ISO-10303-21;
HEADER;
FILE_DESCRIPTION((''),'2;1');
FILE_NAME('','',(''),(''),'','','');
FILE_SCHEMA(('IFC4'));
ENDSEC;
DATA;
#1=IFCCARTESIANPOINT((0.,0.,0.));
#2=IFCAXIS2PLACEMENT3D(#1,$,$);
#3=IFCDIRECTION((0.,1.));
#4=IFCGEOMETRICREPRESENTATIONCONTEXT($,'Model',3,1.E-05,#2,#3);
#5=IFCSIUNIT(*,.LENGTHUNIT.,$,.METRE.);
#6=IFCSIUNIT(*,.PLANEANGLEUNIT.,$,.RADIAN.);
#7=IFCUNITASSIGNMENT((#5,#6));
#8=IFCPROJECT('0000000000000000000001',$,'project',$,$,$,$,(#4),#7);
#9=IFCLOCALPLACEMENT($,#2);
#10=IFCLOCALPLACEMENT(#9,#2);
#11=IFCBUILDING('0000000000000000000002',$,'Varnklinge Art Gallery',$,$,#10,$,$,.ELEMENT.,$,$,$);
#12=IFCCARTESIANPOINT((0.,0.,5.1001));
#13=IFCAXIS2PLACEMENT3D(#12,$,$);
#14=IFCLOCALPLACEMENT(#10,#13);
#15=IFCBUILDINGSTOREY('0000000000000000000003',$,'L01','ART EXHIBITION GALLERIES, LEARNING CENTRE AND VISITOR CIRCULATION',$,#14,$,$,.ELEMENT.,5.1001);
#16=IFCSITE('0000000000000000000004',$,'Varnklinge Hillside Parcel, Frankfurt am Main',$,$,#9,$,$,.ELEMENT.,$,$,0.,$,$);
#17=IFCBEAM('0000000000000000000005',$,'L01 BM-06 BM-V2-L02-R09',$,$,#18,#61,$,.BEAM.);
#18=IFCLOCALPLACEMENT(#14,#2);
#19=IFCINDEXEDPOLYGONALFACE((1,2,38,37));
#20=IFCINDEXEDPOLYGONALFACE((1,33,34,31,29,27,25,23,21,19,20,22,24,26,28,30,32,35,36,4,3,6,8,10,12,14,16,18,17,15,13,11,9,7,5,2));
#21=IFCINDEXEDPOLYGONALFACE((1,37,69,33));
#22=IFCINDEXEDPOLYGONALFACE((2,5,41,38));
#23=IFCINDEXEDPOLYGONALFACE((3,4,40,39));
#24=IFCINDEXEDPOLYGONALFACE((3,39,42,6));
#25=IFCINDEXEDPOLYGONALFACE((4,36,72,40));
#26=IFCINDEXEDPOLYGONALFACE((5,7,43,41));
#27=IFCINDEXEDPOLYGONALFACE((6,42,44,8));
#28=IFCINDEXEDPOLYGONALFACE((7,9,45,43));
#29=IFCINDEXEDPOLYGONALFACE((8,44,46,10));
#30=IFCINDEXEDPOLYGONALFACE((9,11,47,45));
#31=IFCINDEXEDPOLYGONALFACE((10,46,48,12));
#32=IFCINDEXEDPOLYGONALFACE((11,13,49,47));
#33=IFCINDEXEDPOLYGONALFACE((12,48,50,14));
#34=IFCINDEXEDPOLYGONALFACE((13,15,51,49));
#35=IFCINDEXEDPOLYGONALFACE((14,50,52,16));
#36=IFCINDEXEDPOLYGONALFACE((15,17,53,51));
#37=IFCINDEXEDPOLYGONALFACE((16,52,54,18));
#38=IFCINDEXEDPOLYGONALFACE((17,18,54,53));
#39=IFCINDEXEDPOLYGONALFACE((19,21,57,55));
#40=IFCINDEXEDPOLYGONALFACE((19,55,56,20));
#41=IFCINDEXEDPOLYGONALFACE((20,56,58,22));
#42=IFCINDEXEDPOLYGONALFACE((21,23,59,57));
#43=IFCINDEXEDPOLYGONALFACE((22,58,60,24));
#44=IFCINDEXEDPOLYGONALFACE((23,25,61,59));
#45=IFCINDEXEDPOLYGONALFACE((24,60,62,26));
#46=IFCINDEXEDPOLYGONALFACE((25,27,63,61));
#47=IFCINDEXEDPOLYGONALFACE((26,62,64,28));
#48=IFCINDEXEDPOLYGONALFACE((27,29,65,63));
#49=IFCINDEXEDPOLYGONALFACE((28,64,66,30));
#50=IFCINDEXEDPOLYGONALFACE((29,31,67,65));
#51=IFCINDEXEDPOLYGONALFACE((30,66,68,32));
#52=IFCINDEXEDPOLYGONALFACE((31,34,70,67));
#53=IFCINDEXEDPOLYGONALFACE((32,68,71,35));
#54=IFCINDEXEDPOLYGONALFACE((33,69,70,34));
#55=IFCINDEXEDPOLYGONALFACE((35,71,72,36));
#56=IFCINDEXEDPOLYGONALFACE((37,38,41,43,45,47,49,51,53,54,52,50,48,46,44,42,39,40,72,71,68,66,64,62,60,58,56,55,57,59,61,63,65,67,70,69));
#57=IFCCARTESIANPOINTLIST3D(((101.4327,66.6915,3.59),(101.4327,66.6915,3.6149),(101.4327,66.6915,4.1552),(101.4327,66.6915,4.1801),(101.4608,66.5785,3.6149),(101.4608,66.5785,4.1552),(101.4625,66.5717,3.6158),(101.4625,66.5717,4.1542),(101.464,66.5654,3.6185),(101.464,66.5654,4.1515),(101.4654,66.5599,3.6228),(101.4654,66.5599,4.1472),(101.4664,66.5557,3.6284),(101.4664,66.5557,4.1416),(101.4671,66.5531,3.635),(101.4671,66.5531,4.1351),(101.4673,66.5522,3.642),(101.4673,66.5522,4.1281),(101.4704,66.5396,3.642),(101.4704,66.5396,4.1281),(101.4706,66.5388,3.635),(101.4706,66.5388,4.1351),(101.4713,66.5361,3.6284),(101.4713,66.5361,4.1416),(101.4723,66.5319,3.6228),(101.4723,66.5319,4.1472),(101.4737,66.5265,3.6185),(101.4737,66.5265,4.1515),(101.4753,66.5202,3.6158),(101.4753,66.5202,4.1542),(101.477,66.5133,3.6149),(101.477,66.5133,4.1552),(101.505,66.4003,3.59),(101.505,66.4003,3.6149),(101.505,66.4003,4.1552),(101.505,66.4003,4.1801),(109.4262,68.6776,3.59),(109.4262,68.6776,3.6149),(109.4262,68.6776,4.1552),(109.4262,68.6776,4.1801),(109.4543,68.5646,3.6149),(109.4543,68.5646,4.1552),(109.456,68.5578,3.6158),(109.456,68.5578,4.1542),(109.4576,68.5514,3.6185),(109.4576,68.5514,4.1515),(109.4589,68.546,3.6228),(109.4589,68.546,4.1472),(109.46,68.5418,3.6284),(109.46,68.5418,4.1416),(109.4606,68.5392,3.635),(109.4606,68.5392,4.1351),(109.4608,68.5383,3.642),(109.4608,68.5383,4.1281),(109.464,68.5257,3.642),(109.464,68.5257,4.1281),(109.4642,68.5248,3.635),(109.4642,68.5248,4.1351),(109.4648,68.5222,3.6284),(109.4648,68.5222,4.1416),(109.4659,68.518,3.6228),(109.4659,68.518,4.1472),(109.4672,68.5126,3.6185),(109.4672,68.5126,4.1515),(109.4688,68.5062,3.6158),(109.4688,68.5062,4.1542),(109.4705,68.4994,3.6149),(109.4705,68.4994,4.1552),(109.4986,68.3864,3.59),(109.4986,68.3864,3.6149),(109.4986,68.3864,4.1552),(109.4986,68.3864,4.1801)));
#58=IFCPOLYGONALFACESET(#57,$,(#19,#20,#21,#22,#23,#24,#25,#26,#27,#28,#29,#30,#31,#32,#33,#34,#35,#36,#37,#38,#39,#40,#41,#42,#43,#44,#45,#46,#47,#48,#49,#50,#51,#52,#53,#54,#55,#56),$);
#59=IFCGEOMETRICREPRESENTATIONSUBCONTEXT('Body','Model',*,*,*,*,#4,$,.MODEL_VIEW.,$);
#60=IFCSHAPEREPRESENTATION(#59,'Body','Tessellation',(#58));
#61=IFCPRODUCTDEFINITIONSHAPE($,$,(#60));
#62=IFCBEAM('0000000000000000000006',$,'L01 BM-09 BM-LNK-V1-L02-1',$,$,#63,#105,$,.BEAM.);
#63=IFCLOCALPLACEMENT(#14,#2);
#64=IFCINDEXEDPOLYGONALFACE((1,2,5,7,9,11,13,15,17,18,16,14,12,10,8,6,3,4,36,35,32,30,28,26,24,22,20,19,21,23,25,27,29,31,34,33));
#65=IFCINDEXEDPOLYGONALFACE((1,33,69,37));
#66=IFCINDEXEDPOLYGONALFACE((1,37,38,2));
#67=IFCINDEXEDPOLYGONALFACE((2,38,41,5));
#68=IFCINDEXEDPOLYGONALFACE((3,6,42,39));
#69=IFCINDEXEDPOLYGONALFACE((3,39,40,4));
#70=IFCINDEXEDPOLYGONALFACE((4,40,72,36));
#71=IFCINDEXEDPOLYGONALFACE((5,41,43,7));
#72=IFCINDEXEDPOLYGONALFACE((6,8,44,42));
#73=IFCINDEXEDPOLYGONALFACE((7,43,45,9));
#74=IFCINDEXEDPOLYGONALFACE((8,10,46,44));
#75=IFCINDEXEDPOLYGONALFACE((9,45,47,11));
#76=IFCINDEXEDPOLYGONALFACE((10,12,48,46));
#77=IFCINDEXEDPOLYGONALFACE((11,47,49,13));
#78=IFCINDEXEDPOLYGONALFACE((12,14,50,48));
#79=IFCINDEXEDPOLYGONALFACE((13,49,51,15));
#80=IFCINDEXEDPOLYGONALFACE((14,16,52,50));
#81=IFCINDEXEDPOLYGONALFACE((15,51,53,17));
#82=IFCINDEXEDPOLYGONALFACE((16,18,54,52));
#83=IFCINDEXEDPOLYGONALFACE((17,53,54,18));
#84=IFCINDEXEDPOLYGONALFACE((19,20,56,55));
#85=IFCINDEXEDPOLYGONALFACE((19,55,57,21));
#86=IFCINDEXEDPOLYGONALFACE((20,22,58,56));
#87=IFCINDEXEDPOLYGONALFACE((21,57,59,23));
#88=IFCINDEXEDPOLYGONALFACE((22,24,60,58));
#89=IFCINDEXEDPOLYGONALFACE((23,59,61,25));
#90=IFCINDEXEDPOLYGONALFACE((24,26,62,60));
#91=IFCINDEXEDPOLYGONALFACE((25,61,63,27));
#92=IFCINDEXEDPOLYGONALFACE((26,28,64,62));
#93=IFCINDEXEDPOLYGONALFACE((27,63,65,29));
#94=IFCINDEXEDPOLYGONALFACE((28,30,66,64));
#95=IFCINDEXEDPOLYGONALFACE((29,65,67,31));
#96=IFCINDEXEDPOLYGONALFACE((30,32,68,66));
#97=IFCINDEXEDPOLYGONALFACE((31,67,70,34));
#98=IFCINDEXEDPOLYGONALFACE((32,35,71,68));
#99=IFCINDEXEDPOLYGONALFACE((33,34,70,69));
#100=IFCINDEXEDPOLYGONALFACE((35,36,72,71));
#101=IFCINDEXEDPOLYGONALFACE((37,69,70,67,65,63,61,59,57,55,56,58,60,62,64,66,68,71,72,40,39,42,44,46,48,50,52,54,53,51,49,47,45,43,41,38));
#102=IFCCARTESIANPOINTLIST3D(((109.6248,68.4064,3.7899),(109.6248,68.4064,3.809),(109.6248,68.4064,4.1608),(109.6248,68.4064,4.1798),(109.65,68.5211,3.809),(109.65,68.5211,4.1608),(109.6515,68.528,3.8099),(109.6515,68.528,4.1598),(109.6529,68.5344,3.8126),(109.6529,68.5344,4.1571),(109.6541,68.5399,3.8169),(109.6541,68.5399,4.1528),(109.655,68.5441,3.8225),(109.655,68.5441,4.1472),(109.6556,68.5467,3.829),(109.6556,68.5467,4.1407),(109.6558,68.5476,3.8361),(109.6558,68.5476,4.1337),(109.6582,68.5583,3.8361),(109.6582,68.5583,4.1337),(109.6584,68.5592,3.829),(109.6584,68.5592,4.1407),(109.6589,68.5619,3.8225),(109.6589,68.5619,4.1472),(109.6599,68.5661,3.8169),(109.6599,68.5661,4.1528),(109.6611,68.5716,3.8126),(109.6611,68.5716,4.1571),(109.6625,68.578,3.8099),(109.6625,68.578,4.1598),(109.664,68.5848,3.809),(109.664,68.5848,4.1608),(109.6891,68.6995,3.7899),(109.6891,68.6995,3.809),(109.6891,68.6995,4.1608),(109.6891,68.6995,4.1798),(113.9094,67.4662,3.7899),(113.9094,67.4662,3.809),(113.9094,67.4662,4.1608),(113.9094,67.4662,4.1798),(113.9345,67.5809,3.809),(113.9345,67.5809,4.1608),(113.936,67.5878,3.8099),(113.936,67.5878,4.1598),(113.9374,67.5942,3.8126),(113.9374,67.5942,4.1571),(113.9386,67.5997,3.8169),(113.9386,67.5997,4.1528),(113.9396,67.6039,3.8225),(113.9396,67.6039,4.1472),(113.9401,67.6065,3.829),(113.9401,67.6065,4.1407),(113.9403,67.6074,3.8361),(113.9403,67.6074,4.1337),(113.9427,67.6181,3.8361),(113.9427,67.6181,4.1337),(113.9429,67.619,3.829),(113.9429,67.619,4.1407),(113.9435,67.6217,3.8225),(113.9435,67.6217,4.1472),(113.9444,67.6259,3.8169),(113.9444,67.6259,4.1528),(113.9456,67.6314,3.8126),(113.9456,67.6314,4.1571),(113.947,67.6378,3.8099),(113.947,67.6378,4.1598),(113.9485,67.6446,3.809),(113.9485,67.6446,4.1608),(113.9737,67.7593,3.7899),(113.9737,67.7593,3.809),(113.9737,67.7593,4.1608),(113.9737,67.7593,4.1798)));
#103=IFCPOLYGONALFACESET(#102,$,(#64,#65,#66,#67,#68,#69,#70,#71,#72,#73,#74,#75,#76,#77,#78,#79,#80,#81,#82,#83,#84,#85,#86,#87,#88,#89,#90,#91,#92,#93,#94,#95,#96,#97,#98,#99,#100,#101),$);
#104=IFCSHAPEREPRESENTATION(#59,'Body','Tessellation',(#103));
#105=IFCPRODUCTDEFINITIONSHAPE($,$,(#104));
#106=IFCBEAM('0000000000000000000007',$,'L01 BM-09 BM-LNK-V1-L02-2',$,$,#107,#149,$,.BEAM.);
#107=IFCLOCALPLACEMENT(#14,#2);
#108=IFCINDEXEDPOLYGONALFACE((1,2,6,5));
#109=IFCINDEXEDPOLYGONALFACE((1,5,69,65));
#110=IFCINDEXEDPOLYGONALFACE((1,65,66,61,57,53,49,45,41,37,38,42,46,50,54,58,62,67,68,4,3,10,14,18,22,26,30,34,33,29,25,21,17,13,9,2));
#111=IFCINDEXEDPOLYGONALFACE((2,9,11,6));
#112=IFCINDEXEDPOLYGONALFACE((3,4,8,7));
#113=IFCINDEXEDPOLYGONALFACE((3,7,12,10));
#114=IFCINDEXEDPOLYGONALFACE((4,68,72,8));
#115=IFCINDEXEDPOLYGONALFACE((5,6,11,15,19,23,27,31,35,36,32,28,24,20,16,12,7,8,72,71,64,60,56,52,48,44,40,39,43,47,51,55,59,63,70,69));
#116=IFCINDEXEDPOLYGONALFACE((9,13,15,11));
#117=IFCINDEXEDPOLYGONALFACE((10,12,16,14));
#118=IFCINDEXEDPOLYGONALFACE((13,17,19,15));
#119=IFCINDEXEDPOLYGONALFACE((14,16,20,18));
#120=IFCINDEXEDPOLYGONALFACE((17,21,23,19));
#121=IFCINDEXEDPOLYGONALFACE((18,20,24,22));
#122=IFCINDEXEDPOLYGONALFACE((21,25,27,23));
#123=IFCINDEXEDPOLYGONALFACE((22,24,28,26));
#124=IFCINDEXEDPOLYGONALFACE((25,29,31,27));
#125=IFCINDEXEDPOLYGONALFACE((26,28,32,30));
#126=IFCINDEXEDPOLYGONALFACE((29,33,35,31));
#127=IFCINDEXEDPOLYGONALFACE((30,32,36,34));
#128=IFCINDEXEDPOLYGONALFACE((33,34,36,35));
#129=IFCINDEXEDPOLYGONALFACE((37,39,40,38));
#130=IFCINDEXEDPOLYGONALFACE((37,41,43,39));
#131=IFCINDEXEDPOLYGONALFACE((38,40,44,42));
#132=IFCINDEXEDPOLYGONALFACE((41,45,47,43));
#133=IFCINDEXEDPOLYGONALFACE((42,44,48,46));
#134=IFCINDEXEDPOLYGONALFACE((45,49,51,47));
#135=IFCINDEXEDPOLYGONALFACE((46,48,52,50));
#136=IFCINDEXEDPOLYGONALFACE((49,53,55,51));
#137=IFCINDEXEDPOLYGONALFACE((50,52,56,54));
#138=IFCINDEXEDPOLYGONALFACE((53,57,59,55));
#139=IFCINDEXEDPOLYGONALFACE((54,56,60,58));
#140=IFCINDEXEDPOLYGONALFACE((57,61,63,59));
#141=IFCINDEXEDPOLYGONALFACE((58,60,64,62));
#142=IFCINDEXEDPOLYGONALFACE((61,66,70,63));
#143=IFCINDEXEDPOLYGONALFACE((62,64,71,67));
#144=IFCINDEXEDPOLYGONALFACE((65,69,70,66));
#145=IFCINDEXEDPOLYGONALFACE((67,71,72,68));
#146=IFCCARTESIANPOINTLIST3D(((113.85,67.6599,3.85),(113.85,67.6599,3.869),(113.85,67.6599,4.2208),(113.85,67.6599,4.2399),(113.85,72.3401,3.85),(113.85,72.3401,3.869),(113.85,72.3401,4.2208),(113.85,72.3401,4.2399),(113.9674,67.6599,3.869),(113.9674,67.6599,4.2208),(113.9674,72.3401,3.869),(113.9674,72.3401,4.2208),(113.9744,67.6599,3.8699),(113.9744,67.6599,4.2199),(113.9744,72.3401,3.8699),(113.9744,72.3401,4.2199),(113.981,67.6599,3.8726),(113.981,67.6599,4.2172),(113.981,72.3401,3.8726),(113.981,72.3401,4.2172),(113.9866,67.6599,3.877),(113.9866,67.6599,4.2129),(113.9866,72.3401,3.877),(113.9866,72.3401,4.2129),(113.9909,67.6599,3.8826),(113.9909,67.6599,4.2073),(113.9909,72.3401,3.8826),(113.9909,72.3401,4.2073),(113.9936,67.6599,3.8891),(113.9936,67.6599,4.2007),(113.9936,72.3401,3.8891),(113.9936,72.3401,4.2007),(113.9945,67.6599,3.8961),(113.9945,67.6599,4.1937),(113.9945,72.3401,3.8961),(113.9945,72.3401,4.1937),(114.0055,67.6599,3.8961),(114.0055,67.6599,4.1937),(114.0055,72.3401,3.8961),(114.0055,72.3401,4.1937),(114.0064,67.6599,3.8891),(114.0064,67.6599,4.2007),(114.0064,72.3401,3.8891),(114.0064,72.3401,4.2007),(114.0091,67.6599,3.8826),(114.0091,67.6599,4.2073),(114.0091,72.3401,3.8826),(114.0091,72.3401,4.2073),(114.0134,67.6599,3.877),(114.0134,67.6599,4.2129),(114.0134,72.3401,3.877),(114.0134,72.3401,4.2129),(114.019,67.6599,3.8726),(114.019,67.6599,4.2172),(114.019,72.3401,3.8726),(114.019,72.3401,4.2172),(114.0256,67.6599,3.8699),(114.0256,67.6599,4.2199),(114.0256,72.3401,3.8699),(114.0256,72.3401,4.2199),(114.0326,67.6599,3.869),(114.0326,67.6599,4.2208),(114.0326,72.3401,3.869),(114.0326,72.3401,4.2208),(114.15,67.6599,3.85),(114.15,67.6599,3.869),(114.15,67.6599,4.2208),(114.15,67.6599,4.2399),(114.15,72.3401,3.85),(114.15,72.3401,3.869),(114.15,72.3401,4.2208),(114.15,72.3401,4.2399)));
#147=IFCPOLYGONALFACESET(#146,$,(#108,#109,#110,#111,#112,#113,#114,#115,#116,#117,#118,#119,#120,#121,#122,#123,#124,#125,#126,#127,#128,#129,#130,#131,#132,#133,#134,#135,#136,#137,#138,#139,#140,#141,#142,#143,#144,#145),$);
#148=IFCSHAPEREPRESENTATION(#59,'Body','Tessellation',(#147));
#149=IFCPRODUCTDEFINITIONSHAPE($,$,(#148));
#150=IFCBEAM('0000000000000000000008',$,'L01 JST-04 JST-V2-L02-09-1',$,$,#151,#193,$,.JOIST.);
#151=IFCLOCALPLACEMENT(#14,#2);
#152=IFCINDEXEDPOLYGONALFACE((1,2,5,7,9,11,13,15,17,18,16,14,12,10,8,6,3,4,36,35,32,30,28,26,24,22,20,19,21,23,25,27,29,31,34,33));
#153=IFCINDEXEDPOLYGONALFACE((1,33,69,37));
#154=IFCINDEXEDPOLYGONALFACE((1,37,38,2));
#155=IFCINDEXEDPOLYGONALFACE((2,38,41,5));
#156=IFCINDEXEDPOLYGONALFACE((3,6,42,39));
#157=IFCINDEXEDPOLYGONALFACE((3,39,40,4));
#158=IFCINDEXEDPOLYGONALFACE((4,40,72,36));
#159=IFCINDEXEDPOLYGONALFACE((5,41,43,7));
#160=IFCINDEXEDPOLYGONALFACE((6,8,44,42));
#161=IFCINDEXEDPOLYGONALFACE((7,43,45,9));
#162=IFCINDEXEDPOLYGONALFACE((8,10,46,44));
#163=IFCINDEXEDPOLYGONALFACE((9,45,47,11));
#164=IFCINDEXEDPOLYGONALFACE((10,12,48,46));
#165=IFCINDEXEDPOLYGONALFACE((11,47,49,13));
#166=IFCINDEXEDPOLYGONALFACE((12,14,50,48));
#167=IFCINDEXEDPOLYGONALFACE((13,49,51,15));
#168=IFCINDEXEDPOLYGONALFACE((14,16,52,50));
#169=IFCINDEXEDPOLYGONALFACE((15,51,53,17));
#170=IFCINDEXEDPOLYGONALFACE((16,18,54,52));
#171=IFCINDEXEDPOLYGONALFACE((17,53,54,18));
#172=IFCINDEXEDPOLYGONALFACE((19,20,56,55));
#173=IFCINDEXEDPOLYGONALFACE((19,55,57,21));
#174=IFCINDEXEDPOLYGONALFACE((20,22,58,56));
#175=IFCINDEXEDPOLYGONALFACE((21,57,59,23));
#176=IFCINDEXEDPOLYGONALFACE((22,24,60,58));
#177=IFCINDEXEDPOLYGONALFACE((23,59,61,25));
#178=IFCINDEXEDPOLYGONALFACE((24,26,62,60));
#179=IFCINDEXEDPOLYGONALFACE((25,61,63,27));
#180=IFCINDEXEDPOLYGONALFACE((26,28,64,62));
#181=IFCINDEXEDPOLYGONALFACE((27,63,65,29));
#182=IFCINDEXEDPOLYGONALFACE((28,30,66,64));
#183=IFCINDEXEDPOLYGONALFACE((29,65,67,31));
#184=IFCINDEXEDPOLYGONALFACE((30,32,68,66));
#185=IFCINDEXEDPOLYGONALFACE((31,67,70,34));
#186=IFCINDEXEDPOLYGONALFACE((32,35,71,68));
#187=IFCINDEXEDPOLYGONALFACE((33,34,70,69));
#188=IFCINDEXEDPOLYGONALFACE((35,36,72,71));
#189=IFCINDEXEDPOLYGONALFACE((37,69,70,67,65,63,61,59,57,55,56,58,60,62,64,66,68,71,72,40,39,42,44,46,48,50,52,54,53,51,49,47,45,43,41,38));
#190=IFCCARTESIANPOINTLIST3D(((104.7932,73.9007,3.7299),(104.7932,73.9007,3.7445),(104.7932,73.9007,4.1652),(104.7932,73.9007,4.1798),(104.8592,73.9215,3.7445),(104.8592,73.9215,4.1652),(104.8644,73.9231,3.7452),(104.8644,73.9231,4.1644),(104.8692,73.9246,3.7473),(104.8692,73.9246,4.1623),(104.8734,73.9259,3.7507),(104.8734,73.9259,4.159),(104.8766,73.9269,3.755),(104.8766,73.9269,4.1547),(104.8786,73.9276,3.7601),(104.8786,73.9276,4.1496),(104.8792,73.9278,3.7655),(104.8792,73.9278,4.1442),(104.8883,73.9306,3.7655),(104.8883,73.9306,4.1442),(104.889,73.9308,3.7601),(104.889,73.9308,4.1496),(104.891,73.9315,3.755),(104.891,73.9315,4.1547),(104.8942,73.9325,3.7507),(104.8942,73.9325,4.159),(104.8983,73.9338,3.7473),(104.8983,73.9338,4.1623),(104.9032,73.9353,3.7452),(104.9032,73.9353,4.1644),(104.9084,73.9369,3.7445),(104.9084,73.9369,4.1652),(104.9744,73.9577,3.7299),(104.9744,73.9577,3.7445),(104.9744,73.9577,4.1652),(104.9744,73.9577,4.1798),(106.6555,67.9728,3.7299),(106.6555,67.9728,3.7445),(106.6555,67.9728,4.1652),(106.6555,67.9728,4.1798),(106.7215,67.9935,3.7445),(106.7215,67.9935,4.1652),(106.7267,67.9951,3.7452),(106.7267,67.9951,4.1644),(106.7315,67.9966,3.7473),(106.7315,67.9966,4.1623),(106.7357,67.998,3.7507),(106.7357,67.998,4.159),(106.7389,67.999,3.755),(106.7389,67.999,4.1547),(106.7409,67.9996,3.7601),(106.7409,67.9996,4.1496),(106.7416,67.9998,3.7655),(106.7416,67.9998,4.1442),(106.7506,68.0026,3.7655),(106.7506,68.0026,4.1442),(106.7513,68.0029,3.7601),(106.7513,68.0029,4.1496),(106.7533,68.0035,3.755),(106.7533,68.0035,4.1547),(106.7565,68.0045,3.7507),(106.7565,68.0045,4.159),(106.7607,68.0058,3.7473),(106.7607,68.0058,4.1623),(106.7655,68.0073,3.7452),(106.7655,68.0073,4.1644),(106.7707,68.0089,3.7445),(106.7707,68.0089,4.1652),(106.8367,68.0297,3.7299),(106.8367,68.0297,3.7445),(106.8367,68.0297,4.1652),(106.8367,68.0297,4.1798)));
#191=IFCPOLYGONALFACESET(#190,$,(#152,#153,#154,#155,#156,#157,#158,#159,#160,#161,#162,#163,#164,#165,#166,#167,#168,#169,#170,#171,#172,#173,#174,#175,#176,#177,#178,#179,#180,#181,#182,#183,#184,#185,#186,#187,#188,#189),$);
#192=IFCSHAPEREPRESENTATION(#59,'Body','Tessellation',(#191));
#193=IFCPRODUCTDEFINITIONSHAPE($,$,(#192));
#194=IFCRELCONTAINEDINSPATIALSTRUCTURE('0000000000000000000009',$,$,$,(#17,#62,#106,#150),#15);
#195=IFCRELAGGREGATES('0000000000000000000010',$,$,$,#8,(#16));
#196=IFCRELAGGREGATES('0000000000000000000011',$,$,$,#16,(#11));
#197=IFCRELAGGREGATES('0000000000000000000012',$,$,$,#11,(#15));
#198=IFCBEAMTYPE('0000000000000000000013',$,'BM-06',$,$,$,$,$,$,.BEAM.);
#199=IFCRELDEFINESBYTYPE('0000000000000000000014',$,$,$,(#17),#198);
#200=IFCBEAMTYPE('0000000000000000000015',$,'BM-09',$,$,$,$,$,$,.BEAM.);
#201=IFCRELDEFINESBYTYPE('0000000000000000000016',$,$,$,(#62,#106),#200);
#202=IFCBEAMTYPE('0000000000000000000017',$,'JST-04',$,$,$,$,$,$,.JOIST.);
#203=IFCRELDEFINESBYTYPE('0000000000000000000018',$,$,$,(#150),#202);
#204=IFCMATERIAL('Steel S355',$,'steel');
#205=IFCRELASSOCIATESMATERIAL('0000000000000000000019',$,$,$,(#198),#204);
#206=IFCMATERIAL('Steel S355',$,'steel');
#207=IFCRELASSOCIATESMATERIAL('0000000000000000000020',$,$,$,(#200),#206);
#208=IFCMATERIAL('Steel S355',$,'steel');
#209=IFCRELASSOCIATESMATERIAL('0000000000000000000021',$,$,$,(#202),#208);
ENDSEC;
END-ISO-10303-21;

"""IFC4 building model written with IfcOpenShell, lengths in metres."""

from ifc_helpers import new_model, si_unit, direction, frame, origin, origin_2d, place, context, subcontext, project, spatial, i_section, extrude, material, material_profile, profile_set, type_object, element, save


model = new_model("IFC4")

# Units and contexts
model_context = context("Model", 3, precision=1e-05, world=origin(), true_north=direction((0.0, 1.0)))
body_context = subcontext(model_context, "Body", "Model", "MODEL_VIEW")
ifc_project = project(units=[si_unit("LENGTHUNIT", "METRE"), si_unit("PLANEANGLEUNIT", "RADIAN")], contexts=[model_context])

# Site, building, storey
site_placement = place(None, origin())
site = spatial("IfcSite", under=ifc_project, at=site_placement, Name="Varnklinge Hillside Parcel, Frankfurt am Main", CompositionType="ELEMENT", RefElevation=0.0)
building_placement = place(site_placement, origin())
building = spatial("IfcBuilding", under=site, at=building_placement, Name="Varnklinge Art Gallery", CompositionType="ELEMENT")
storey_placement = place(building_placement, frame((0.0, 0.0, 5.1001)))
storey = spatial("IfcBuildingStorey", under=building, at=storey_placement, Name="L01", Description="ART EXHIBITION GALLERIES, LEARNING CENTRE AND VISITOR CIRCULATION", CompositionType="ELEMENT", Elevation=5.1001)

# Beams
ifc_material_1 = material(Name="Steel S355", Category="steel")
ifc_material_profile_1 = material_profile(ifc_material_1, i_section(OverallWidth=0.3, OverallDepth=0.5901, WebThickness=0.0129, FlangeThickness=0.0249, FilletRadius=0.0271, at=origin_2d()), Name="HEA 600")
ifc_profile_set_1 = profile_set([ifc_material_profile_1], Name="Steel S355")
beam_type_1 = type_object("IfcBeamType", Name="BM-06", PredefinedType="BEAM", material=ifc_profile_set_1)
beam_1_placement = place(storey_placement, frame((109.4624, 68.532, 3.885), z_axis=(-0.970494, -0.241127, 0.0), x_axis=(0.241127, -0.970494, 0.0)))
element("IfcBeam", 1, at=beam_1_placement, inside=storey, type_object=beam_type_1, Name="L01 BM-06 BM-V2-L02-R09", PredefinedType="BEAM", context=body_context, shape_type="SweptSolid", body=[
    extrude(i_section(OverallWidth=0.3, OverallDepth=0.5901, WebThickness=0.0129, FlangeThickness=0.0249, FilletRadius=0.0271, at=origin_2d()), origin(), (0.0, 0.0, 1.0), 8.2366),
])
ifc_material_2 = material(Name="Steel S355", Category="steel")
ifc_material_profile_2 = material_profile(ifc_material_2, i_section(OverallWidth=0.3, OverallDepth=0.3899, WebThickness=0.011, FlangeThickness=0.019, FilletRadius=0.0271, at=origin_2d()), Name="HEA 400")
ifc_profile_set_2 = profile_set([ifc_material_profile_2], Name="Steel S355")
beam_type_2 = type_object("IfcBeamType", Name="BM-09", PredefinedType="BEAM", material=ifc_profile_set_2)
beam_2_placement = place(storey_placement, frame((109.657, 68.553, 3.9849), z_axis=(0.976759, -0.214343, 0.0), x_axis=(0.214343, 0.976759, 0.0)))
element("IfcBeam", 2, at=beam_2_placement, inside=storey, type_object=beam_type_2, Name="L01 BM-09 BM-LNK-V1-L02-1", PredefinedType="BEAM", context=body_context, shape_type="SweptSolid", body=[
    extrude(i_section(OverallWidth=0.3, OverallDepth=0.3899, WebThickness=0.011, FlangeThickness=0.019, FilletRadius=0.0271, at=origin_2d()), origin(), (0.0, 0.0, 1.0), 4.3865),
])
beam_3_placement = place(storey_placement, frame((114.0, 67.6599, 4.0449), z_axis=(0.0, 1.0, 0.0), x_axis=(-1.0, 0.0, 0.0)))
element("IfcBeam", 3, at=beam_3_placement, inside=storey, type_object=beam_type_2, Name="L01 BM-09 BM-LNK-V1-L02-2", PredefinedType="BEAM", context=body_context, shape_type="SweptSolid", body=[
    extrude(i_section(OverallWidth=0.3, OverallDepth=0.3899, WebThickness=0.011, FlangeThickness=0.019, FilletRadius=0.0271, at=origin_2d()), origin(), (0.0, 0.0, 1.0), 4.6802),
])
ifc_material_3 = material(Name="Steel S355", Category="steel")
ifc_material_profile_3 = material_profile(ifc_material_3, i_section(OverallWidth=0.1899, OverallDepth=0.45, WebThickness=0.0095, FlangeThickness=0.0146, FilletRadius=0.021, at=origin_2d()), Name="IPE 450")
ifc_profile_set_3 = profile_set([ifc_material_profile_3], Name="Steel S355")
beam_type_3 = type_object("IfcBeamType", Name="JST-04", PredefinedType="JOIST", material=ifc_profile_set_3)
beam_4_placement = place(storey_placement, frame((106.7461, 68.0012, 3.9548), z_axis=(-0.299713, 0.954029, 0.0), x_axis=(-0.954029, -0.299713, 0.0)))
element("IfcBeam", 4, at=beam_4_placement, inside=storey, type_object=beam_type_3, Name="L01 JST-04 JST-V2-L02-09-1", PredefinedType="JOIST", context=body_context, shape_type="SweptSolid", body=[
    extrude(i_section(OverallWidth=0.1899, OverallDepth=0.45, WebThickness=0.0095, FlangeThickness=0.0146, FilletRadius=0.021, at=origin_2d()), origin(), (0.0, 0.0, 1.0), 6.2136),
])

save(model, "model.ifc")
